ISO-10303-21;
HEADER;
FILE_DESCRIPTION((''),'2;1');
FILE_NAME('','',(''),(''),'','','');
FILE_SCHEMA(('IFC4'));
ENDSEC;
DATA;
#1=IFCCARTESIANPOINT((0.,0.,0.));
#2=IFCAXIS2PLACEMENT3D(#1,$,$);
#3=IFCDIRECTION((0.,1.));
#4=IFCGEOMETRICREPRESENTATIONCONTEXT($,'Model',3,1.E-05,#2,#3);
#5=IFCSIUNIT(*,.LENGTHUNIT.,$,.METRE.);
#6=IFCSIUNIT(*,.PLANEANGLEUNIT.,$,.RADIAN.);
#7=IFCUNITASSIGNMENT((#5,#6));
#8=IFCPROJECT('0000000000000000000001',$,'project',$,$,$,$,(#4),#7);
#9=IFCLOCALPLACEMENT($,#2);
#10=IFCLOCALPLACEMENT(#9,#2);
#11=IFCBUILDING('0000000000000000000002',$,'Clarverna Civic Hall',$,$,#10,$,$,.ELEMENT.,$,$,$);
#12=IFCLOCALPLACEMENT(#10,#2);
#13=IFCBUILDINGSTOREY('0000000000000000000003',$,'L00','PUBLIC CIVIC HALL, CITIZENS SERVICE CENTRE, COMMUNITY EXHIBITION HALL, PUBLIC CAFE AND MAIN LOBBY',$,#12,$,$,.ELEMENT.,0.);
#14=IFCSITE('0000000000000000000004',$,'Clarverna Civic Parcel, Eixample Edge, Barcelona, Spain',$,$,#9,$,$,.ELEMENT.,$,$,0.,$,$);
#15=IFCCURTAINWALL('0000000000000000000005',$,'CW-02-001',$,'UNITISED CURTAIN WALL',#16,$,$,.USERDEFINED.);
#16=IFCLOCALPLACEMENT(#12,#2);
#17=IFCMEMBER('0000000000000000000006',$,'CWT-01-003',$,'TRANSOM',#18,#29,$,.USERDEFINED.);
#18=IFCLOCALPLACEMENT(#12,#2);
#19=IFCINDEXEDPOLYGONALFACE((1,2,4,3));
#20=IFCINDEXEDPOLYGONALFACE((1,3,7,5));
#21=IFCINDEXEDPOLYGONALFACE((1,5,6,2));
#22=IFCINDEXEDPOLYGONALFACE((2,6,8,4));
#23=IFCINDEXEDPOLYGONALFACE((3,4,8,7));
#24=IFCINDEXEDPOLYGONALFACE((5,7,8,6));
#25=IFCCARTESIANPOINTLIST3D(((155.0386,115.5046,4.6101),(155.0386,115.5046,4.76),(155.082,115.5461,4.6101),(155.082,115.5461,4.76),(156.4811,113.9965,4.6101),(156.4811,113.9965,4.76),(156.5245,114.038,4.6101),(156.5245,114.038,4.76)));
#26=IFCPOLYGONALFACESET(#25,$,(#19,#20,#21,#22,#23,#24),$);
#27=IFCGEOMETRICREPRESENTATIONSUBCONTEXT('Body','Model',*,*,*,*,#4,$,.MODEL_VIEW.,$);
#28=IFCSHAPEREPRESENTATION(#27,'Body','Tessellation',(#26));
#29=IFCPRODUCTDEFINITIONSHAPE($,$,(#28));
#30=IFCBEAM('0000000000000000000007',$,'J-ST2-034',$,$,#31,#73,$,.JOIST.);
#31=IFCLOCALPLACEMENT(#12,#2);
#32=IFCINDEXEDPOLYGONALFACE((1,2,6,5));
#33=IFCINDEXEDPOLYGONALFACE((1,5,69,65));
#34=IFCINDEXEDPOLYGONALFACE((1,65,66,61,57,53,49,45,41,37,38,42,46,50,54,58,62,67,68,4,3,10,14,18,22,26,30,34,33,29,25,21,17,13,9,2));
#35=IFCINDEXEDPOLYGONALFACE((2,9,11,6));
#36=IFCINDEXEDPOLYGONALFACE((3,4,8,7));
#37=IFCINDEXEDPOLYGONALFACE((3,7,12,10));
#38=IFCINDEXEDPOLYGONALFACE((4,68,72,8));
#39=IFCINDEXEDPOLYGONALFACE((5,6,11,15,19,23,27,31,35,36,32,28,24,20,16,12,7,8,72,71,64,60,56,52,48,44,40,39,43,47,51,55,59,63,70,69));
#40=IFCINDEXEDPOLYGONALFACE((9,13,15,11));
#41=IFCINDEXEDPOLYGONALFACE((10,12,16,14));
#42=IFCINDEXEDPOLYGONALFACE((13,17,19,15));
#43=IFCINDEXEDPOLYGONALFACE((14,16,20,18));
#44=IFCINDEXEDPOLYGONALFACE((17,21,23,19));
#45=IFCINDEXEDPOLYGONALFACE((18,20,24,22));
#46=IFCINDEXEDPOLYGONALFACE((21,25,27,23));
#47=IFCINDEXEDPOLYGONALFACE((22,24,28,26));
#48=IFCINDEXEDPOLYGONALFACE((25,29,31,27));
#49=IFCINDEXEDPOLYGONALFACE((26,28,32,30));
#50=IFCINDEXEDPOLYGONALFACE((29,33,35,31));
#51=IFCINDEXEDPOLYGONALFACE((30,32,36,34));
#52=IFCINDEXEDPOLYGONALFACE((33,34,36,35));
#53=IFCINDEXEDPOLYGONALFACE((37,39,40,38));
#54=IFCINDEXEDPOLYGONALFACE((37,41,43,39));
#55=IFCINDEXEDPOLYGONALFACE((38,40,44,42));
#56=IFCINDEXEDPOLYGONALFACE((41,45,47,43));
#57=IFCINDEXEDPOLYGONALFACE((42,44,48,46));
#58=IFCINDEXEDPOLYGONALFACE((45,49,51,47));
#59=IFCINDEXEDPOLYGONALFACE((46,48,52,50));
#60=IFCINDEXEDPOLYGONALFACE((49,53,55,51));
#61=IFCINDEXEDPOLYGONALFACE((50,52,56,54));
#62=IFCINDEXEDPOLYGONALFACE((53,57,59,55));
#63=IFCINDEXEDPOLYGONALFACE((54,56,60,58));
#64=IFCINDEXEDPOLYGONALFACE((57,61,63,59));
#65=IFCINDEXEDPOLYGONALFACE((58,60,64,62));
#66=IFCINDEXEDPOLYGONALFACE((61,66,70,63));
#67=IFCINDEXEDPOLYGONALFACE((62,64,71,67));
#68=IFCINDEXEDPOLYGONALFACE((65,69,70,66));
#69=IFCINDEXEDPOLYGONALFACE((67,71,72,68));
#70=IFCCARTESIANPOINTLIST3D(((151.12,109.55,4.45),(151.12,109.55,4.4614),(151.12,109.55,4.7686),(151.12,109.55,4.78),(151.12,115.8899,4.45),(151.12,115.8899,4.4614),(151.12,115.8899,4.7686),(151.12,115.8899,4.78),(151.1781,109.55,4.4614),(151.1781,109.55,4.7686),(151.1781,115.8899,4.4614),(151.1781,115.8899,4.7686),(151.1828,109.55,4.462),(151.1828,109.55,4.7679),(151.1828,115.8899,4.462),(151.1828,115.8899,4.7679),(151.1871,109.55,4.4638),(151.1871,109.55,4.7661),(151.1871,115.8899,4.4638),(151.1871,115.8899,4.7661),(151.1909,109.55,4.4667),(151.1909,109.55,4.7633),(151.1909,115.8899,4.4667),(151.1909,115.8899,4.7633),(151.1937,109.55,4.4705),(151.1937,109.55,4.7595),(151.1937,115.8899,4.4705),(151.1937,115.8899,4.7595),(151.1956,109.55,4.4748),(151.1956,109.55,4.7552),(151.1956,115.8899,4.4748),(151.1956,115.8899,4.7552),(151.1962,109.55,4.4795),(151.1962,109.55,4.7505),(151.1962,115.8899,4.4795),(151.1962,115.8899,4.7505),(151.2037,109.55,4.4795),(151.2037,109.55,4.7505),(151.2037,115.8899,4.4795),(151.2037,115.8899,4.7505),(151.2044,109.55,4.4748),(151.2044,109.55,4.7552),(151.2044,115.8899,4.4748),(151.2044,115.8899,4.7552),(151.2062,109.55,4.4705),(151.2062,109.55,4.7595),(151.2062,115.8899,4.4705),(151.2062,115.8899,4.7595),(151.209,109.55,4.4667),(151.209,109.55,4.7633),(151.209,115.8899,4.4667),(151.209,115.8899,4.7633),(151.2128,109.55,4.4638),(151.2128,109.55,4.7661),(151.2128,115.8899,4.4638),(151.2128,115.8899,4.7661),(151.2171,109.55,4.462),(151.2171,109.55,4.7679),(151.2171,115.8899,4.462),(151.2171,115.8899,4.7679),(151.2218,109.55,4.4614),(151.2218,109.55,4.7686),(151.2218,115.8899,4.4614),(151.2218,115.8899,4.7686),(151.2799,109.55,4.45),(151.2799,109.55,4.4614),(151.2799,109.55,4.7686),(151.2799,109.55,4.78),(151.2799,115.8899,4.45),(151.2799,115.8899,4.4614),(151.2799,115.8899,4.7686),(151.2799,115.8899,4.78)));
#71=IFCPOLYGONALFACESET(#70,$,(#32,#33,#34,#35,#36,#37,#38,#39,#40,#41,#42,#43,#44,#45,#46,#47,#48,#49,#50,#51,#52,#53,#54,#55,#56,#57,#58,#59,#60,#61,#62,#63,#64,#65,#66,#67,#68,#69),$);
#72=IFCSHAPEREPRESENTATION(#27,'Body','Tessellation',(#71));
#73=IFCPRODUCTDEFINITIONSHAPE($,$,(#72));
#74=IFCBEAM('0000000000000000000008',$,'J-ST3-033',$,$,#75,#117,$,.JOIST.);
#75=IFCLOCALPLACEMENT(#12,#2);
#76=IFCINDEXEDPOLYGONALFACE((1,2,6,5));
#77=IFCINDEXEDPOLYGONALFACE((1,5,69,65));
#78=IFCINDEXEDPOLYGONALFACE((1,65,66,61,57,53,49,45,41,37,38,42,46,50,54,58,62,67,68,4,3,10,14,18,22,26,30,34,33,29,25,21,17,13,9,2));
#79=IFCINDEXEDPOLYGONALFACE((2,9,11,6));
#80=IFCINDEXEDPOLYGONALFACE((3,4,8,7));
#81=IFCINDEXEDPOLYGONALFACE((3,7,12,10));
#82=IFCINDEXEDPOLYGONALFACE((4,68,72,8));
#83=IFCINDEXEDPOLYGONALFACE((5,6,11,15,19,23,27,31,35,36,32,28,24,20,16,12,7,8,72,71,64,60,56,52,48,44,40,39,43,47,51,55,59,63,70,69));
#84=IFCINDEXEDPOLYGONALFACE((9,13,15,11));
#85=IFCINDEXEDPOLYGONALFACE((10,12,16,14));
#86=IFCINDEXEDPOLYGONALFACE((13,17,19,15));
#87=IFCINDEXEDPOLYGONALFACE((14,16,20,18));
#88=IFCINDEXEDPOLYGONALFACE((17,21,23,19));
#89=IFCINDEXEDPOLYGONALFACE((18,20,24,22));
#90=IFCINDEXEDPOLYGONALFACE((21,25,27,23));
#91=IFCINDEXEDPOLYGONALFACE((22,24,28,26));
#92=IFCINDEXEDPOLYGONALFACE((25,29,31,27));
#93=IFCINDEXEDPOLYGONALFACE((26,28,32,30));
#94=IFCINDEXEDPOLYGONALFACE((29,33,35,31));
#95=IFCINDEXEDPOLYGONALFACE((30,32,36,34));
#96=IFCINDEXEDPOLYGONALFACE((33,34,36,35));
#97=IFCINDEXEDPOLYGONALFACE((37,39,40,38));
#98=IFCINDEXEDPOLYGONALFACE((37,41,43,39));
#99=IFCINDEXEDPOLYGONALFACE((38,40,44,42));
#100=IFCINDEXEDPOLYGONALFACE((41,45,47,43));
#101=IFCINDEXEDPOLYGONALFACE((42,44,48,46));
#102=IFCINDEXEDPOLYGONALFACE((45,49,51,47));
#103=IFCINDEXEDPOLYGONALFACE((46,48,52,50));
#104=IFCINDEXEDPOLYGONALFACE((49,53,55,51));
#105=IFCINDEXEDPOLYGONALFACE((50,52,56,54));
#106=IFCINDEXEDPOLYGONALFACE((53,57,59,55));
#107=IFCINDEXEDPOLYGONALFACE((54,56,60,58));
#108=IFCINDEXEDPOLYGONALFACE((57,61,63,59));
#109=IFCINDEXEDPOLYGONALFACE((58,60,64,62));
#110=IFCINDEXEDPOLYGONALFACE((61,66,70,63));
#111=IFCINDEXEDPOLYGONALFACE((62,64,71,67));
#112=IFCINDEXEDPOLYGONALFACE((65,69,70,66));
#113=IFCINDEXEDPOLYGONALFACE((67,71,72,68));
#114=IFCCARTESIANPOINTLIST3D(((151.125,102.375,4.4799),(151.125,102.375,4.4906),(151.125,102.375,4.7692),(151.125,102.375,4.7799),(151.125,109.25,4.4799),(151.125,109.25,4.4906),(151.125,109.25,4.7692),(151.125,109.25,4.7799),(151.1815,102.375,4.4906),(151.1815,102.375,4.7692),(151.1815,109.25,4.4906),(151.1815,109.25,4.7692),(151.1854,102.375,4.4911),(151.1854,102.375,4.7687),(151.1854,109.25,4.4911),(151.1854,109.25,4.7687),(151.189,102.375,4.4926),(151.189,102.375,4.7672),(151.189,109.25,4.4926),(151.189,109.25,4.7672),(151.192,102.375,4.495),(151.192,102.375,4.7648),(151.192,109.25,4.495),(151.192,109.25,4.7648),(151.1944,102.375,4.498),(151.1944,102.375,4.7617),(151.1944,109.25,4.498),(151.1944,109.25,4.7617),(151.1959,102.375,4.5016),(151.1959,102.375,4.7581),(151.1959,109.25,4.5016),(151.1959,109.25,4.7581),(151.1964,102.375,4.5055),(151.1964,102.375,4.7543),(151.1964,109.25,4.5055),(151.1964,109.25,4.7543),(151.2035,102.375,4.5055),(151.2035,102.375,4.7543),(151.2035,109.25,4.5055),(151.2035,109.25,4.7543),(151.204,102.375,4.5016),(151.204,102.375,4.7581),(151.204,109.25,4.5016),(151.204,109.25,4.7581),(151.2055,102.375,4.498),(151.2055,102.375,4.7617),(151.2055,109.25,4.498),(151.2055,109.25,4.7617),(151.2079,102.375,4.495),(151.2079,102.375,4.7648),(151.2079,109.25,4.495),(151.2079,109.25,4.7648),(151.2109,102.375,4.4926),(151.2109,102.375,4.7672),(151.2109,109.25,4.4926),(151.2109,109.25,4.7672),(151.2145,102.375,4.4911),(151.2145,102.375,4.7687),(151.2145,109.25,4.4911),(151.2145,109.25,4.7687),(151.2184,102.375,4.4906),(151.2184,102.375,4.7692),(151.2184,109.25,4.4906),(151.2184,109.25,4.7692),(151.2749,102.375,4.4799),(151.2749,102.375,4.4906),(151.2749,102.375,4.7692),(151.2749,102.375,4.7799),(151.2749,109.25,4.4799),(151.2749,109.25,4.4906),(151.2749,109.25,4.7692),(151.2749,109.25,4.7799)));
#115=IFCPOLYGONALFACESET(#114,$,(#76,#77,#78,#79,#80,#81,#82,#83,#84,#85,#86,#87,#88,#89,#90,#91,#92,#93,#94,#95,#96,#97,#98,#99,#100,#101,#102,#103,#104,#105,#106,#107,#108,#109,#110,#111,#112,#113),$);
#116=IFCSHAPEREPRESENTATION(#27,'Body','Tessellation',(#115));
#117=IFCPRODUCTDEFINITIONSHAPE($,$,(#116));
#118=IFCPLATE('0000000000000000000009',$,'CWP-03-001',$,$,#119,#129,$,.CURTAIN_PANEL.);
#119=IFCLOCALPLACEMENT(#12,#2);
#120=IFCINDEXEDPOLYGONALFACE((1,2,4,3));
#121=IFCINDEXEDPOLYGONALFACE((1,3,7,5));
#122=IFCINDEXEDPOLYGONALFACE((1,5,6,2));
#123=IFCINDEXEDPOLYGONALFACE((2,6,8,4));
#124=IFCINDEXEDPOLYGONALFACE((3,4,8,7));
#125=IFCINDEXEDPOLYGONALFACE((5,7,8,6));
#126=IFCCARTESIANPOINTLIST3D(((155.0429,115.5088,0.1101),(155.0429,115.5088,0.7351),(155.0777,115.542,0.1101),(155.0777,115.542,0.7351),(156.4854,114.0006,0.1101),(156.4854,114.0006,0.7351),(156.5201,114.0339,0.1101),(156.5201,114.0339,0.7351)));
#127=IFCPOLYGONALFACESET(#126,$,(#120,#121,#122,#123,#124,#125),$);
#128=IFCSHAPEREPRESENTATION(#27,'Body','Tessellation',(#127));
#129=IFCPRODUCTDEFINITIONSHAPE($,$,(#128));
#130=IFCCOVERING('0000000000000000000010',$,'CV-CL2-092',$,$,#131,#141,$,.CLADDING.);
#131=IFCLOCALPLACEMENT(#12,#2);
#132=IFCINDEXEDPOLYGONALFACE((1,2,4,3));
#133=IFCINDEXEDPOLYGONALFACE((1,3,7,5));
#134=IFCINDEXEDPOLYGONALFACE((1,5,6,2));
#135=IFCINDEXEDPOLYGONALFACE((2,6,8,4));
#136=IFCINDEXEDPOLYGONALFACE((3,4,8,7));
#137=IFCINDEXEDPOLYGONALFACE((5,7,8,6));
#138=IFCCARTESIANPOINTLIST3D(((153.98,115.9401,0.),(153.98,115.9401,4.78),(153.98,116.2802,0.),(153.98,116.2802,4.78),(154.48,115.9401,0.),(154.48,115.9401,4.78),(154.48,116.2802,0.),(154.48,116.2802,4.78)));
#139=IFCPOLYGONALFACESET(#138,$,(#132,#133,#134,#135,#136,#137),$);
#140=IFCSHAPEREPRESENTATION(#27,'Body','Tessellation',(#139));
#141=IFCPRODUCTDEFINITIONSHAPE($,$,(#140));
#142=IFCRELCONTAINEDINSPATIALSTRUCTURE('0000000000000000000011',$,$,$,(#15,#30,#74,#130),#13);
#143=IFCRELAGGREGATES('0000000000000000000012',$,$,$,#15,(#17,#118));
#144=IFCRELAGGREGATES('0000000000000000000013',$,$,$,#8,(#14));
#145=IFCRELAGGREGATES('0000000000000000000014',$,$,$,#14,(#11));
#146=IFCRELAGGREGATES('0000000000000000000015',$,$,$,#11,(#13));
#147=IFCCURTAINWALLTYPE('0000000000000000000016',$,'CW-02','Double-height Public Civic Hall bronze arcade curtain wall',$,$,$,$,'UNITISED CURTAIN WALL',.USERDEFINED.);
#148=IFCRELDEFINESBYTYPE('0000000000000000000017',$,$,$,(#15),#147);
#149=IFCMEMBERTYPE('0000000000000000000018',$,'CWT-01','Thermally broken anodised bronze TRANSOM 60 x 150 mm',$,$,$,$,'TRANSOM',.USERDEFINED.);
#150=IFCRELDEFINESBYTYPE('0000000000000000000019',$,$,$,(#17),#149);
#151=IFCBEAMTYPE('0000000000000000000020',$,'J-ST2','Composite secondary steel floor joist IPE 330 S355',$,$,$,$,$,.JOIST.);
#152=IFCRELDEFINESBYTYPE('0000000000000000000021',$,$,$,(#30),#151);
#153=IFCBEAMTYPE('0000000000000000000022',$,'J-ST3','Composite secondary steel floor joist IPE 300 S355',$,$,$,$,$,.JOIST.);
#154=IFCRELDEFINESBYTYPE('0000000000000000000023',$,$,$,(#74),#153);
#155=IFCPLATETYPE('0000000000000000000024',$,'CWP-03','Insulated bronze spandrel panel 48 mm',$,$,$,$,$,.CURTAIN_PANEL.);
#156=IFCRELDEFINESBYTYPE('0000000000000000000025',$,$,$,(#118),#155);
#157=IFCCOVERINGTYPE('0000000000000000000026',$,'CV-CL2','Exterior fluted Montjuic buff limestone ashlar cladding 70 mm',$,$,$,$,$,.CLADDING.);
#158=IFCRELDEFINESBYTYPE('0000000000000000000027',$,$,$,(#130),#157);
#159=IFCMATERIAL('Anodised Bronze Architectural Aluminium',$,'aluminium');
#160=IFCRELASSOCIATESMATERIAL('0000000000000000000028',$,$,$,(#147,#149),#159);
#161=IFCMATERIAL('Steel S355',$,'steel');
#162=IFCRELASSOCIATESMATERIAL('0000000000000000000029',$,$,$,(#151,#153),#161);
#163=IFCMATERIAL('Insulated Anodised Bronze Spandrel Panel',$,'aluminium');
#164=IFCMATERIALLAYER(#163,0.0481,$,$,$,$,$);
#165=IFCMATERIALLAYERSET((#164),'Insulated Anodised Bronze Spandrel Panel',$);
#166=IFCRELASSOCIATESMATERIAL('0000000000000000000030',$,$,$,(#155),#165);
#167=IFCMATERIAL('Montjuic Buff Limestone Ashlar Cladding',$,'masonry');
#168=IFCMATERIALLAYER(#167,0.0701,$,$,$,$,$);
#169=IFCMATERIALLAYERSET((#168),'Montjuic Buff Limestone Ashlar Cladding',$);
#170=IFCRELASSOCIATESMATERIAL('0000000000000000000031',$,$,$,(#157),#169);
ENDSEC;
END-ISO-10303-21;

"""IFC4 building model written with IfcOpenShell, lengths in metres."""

from ifc_helpers import new_model, si_unit, direction, frame, frame_2d, origin, origin_2d, place, context, subcontext, project, spatial, rectangle, i_section, extrude, material, layer, layer_set, material_profile, profile_set, type_object, element, aggregate, save


model = new_model("IFC4")

# Units and contexts
model_context = context("Model", 3, precision=1e-05, world=origin(), true_north=direction((0.0, 1.0)))
body_context = subcontext(model_context, "Body", "Model", "MODEL_VIEW")
ifc_project = project(units=[si_unit("LENGTHUNIT", "METRE"), si_unit("PLANEANGLEUNIT", "RADIAN")], contexts=[model_context])

# Site, building, storey
site_placement = place(None, origin())
site = spatial("IfcSite", under=ifc_project, at=site_placement, Name="Clarverna Civic Parcel, Eixample Edge, Barcelona, Spain", CompositionType="ELEMENT", RefElevation=0.0)
building_placement = place(site_placement, origin())
building = spatial("IfcBuilding", under=site, at=building_placement, Name="Clarverna Civic Hall", CompositionType="ELEMENT")
storey_placement = place(building_placement, origin())
storey = spatial("IfcBuildingStorey", under=building, at=storey_placement, Name="L00", Description="PUBLIC CIVIC HALL, CITIZENS SERVICE CENTRE, COMMUNITY EXHIBITION HALL, PUBLIC CAFE AND MAIN LOBBY", CompositionType="ELEMENT", Elevation=0.0)

# Shared definitions
ifc_material_1 = material(Name="Steel S355", Category="steel")

# Curtain wall, member
ifc_material_2 = material(Name="Anodised Bronze Architectural Aluminium", Category="aluminium")
curtain_wall_type = type_object("IfcCurtainWallType", Name="CW-02", Description="Double-height Public Civic Hall bronze arcade curtain wall", ElementType="UNITISED CURTAIN WALL", PredefinedType="USERDEFINED", material=ifc_material_2)
curtain_wall_placement = place(storey_placement, origin())
curtain_wall = element("IfcCurtainWall", 1, at=curtain_wall_placement, inside=storey, type_object=curtain_wall_type, Name="CW-02-001", ObjectType="UNITISED CURTAIN WALL", PredefinedType="USERDEFINED")
ifc_material_profile_1 = material_profile(ifc_material_2, rectangle(XDim=0.0601, YDim=0.1499, at=origin_2d()), Name="BRONZE 60x150")
ifc_profile_set_1 = profile_set([ifc_material_profile_1], Name="Anodised Bronze Architectural Aluminium")
member_type_1 = type_object("IfcMemberType", Name="CWT-01", Description="Thermally broken anodised bronze TRANSOM 60 x 150 mm", ElementType="TRANSOM", PredefinedType="USERDEFINED", material=ifc_profile_set_1)
member_1_placement = place(storey_placement, frame((155.0603, 115.5254, 4.6851), z_axis=(0.691196, -0.722667, 0.0), x_axis=(0.722667, 0.691196, 0.0)))
member_1 = element("IfcMember", 2, at=member_1_placement, type_object=member_type_1, Name="CWT-01-003", ObjectType="TRANSOM", PredefinedType="USERDEFINED", context=body_context, shape_type="SweptSolid", body=[
    extrude(rectangle(XDim=0.0601, YDim=0.1499, at=origin_2d()), origin(), (0.0, 0.0, 1.0), 2.0869),
])

# Beams
ifc_material_profile_2 = material_profile(ifc_material_1, i_section(OverallWidth=0.1599, OverallDepth=0.3301, WebThickness=0.0076, FlangeThickness=0.0115, FilletRadius=0.0181, at=origin_2d()), Name="IPE 330")
ifc_profile_set_2 = profile_set([ifc_material_profile_2], Name="Steel S355")
beam_type_1 = type_object("IfcBeamType", Name="J-ST2", Description="Composite secondary steel floor joist IPE 330 S355", PredefinedType="JOIST", material=ifc_profile_set_2)
beam_1_placement = place(storey_placement, frame((151.2, 109.55, 4.615), z_axis=(0.0, 1.0, 0.0), x_axis=(-1.0, 0.0, 0.0)))
element("IfcBeam", 3, at=beam_1_placement, inside=storey, type_object=beam_type_1, Name="J-ST2-034", PredefinedType="JOIST", context=body_context, shape_type="SweptSolid", body=[
    extrude(i_section(OverallWidth=0.1599, OverallDepth=0.3301, WebThickness=0.0076, FlangeThickness=0.0115, FilletRadius=0.0181, at=origin_2d()), origin(), (0.0, 0.0, 1.0), 6.3398),
])
ifc_material_profile_3 = material_profile(ifc_material_1, i_section(OverallWidth=0.1499, OverallDepth=0.3, WebThickness=0.0071, FlangeThickness=0.0107, FilletRadius=0.0149, at=origin_2d()), Name="IPE 300")
ifc_profile_set_3 = profile_set([ifc_material_profile_3], Name="Steel S355")
beam_type_2 = type_object("IfcBeamType", Name="J-ST3", Description="Composite secondary steel floor joist IPE 300 S355", PredefinedType="JOIST", material=ifc_profile_set_3)
beam_2_placement = place(storey_placement, frame((151.2, 102.375, 4.6299), z_axis=(0.0, 1.0, 0.0), x_axis=(-1.0, 0.0, 0.0)))
element("IfcBeam", 4, at=beam_2_placement, inside=storey, type_object=beam_type_2, Name="J-ST3-033", PredefinedType="JOIST", context=body_context, shape_type="SweptSolid", body=[
    extrude(i_section(OverallWidth=0.1499, OverallDepth=0.3, WebThickness=0.0071, FlangeThickness=0.0107, FilletRadius=0.0149, at=origin_2d()), origin(), (0.0, 0.0, 1.0), 6.875),
])

# Plate
ifc_material_3 = material(Name="Insulated Anodised Bronze Spandrel Panel", Category="aluminium")
ifc_layer_1 = layer(ifc_material_3, 0.0481)
ifc_layer_set_1 = layer_set([ifc_layer_1], Name="Insulated Anodised Bronze Spandrel Panel")
plate_type = type_object("IfcPlateType", Name="CWP-03", Description="Insulated bronze spandrel panel 48 mm", PredefinedType="CURTAIN_PANEL", material=ifc_layer_set_1)
plate_placement = place(storey_placement, frame((155.0603, 115.5254, 0.1101), z_axis=(0.0, 0.0, 1.0), x_axis=(0.691196, -0.722667, 0.0)))
plate = element("IfcPlate", 5, at=plate_placement, type_object=plate_type, Name="CWP-03-001", PredefinedType="CURTAIN_PANEL", context=body_context, shape_type="SweptSolid", body=[
    extrude(rectangle(XDim=2.0869, YDim=0.0481, at=frame_2d((1.0435, 0.0))), origin(), (0.0, 0.0, 1.0), 0.625),
])
aggregate(curtain_wall, [member_1, plate])

# Covering
ifc_material_4 = material(Name="Montjuic Buff Limestone Ashlar Cladding", Category="masonry")
ifc_layer_2 = layer(ifc_material_4, 0.0701)
ifc_layer_set_2 = layer_set([ifc_layer_2], Name="Montjuic Buff Limestone Ashlar Cladding")
covering_type = type_object("IfcCoveringType", Name="CV-CL2", Description="Exterior fluted Montjuic buff limestone ashlar cladding 70 mm", PredefinedType="CLADDING", material=ifc_layer_set_2)
covering_placement = place(storey_placement, frame((153.98, 116.1101, 0.0), z_axis=(0.0, 0.0, 1.0), x_axis=(1.0, 0.0, 0.0)))
element("IfcCovering", 6, at=covering_placement, inside=storey, type_object=covering_type, Name="CV-CL2-092", PredefinedType="CLADDING", context=body_context, shape_type="SweptSolid", body=[
    extrude(rectangle(XDim=0.5, YDim=0.3401, at=frame_2d((0.25, 0.0))), origin(), (0.0, 0.0, 1.0), 4.78),
])

save(model, "model.ifc")
